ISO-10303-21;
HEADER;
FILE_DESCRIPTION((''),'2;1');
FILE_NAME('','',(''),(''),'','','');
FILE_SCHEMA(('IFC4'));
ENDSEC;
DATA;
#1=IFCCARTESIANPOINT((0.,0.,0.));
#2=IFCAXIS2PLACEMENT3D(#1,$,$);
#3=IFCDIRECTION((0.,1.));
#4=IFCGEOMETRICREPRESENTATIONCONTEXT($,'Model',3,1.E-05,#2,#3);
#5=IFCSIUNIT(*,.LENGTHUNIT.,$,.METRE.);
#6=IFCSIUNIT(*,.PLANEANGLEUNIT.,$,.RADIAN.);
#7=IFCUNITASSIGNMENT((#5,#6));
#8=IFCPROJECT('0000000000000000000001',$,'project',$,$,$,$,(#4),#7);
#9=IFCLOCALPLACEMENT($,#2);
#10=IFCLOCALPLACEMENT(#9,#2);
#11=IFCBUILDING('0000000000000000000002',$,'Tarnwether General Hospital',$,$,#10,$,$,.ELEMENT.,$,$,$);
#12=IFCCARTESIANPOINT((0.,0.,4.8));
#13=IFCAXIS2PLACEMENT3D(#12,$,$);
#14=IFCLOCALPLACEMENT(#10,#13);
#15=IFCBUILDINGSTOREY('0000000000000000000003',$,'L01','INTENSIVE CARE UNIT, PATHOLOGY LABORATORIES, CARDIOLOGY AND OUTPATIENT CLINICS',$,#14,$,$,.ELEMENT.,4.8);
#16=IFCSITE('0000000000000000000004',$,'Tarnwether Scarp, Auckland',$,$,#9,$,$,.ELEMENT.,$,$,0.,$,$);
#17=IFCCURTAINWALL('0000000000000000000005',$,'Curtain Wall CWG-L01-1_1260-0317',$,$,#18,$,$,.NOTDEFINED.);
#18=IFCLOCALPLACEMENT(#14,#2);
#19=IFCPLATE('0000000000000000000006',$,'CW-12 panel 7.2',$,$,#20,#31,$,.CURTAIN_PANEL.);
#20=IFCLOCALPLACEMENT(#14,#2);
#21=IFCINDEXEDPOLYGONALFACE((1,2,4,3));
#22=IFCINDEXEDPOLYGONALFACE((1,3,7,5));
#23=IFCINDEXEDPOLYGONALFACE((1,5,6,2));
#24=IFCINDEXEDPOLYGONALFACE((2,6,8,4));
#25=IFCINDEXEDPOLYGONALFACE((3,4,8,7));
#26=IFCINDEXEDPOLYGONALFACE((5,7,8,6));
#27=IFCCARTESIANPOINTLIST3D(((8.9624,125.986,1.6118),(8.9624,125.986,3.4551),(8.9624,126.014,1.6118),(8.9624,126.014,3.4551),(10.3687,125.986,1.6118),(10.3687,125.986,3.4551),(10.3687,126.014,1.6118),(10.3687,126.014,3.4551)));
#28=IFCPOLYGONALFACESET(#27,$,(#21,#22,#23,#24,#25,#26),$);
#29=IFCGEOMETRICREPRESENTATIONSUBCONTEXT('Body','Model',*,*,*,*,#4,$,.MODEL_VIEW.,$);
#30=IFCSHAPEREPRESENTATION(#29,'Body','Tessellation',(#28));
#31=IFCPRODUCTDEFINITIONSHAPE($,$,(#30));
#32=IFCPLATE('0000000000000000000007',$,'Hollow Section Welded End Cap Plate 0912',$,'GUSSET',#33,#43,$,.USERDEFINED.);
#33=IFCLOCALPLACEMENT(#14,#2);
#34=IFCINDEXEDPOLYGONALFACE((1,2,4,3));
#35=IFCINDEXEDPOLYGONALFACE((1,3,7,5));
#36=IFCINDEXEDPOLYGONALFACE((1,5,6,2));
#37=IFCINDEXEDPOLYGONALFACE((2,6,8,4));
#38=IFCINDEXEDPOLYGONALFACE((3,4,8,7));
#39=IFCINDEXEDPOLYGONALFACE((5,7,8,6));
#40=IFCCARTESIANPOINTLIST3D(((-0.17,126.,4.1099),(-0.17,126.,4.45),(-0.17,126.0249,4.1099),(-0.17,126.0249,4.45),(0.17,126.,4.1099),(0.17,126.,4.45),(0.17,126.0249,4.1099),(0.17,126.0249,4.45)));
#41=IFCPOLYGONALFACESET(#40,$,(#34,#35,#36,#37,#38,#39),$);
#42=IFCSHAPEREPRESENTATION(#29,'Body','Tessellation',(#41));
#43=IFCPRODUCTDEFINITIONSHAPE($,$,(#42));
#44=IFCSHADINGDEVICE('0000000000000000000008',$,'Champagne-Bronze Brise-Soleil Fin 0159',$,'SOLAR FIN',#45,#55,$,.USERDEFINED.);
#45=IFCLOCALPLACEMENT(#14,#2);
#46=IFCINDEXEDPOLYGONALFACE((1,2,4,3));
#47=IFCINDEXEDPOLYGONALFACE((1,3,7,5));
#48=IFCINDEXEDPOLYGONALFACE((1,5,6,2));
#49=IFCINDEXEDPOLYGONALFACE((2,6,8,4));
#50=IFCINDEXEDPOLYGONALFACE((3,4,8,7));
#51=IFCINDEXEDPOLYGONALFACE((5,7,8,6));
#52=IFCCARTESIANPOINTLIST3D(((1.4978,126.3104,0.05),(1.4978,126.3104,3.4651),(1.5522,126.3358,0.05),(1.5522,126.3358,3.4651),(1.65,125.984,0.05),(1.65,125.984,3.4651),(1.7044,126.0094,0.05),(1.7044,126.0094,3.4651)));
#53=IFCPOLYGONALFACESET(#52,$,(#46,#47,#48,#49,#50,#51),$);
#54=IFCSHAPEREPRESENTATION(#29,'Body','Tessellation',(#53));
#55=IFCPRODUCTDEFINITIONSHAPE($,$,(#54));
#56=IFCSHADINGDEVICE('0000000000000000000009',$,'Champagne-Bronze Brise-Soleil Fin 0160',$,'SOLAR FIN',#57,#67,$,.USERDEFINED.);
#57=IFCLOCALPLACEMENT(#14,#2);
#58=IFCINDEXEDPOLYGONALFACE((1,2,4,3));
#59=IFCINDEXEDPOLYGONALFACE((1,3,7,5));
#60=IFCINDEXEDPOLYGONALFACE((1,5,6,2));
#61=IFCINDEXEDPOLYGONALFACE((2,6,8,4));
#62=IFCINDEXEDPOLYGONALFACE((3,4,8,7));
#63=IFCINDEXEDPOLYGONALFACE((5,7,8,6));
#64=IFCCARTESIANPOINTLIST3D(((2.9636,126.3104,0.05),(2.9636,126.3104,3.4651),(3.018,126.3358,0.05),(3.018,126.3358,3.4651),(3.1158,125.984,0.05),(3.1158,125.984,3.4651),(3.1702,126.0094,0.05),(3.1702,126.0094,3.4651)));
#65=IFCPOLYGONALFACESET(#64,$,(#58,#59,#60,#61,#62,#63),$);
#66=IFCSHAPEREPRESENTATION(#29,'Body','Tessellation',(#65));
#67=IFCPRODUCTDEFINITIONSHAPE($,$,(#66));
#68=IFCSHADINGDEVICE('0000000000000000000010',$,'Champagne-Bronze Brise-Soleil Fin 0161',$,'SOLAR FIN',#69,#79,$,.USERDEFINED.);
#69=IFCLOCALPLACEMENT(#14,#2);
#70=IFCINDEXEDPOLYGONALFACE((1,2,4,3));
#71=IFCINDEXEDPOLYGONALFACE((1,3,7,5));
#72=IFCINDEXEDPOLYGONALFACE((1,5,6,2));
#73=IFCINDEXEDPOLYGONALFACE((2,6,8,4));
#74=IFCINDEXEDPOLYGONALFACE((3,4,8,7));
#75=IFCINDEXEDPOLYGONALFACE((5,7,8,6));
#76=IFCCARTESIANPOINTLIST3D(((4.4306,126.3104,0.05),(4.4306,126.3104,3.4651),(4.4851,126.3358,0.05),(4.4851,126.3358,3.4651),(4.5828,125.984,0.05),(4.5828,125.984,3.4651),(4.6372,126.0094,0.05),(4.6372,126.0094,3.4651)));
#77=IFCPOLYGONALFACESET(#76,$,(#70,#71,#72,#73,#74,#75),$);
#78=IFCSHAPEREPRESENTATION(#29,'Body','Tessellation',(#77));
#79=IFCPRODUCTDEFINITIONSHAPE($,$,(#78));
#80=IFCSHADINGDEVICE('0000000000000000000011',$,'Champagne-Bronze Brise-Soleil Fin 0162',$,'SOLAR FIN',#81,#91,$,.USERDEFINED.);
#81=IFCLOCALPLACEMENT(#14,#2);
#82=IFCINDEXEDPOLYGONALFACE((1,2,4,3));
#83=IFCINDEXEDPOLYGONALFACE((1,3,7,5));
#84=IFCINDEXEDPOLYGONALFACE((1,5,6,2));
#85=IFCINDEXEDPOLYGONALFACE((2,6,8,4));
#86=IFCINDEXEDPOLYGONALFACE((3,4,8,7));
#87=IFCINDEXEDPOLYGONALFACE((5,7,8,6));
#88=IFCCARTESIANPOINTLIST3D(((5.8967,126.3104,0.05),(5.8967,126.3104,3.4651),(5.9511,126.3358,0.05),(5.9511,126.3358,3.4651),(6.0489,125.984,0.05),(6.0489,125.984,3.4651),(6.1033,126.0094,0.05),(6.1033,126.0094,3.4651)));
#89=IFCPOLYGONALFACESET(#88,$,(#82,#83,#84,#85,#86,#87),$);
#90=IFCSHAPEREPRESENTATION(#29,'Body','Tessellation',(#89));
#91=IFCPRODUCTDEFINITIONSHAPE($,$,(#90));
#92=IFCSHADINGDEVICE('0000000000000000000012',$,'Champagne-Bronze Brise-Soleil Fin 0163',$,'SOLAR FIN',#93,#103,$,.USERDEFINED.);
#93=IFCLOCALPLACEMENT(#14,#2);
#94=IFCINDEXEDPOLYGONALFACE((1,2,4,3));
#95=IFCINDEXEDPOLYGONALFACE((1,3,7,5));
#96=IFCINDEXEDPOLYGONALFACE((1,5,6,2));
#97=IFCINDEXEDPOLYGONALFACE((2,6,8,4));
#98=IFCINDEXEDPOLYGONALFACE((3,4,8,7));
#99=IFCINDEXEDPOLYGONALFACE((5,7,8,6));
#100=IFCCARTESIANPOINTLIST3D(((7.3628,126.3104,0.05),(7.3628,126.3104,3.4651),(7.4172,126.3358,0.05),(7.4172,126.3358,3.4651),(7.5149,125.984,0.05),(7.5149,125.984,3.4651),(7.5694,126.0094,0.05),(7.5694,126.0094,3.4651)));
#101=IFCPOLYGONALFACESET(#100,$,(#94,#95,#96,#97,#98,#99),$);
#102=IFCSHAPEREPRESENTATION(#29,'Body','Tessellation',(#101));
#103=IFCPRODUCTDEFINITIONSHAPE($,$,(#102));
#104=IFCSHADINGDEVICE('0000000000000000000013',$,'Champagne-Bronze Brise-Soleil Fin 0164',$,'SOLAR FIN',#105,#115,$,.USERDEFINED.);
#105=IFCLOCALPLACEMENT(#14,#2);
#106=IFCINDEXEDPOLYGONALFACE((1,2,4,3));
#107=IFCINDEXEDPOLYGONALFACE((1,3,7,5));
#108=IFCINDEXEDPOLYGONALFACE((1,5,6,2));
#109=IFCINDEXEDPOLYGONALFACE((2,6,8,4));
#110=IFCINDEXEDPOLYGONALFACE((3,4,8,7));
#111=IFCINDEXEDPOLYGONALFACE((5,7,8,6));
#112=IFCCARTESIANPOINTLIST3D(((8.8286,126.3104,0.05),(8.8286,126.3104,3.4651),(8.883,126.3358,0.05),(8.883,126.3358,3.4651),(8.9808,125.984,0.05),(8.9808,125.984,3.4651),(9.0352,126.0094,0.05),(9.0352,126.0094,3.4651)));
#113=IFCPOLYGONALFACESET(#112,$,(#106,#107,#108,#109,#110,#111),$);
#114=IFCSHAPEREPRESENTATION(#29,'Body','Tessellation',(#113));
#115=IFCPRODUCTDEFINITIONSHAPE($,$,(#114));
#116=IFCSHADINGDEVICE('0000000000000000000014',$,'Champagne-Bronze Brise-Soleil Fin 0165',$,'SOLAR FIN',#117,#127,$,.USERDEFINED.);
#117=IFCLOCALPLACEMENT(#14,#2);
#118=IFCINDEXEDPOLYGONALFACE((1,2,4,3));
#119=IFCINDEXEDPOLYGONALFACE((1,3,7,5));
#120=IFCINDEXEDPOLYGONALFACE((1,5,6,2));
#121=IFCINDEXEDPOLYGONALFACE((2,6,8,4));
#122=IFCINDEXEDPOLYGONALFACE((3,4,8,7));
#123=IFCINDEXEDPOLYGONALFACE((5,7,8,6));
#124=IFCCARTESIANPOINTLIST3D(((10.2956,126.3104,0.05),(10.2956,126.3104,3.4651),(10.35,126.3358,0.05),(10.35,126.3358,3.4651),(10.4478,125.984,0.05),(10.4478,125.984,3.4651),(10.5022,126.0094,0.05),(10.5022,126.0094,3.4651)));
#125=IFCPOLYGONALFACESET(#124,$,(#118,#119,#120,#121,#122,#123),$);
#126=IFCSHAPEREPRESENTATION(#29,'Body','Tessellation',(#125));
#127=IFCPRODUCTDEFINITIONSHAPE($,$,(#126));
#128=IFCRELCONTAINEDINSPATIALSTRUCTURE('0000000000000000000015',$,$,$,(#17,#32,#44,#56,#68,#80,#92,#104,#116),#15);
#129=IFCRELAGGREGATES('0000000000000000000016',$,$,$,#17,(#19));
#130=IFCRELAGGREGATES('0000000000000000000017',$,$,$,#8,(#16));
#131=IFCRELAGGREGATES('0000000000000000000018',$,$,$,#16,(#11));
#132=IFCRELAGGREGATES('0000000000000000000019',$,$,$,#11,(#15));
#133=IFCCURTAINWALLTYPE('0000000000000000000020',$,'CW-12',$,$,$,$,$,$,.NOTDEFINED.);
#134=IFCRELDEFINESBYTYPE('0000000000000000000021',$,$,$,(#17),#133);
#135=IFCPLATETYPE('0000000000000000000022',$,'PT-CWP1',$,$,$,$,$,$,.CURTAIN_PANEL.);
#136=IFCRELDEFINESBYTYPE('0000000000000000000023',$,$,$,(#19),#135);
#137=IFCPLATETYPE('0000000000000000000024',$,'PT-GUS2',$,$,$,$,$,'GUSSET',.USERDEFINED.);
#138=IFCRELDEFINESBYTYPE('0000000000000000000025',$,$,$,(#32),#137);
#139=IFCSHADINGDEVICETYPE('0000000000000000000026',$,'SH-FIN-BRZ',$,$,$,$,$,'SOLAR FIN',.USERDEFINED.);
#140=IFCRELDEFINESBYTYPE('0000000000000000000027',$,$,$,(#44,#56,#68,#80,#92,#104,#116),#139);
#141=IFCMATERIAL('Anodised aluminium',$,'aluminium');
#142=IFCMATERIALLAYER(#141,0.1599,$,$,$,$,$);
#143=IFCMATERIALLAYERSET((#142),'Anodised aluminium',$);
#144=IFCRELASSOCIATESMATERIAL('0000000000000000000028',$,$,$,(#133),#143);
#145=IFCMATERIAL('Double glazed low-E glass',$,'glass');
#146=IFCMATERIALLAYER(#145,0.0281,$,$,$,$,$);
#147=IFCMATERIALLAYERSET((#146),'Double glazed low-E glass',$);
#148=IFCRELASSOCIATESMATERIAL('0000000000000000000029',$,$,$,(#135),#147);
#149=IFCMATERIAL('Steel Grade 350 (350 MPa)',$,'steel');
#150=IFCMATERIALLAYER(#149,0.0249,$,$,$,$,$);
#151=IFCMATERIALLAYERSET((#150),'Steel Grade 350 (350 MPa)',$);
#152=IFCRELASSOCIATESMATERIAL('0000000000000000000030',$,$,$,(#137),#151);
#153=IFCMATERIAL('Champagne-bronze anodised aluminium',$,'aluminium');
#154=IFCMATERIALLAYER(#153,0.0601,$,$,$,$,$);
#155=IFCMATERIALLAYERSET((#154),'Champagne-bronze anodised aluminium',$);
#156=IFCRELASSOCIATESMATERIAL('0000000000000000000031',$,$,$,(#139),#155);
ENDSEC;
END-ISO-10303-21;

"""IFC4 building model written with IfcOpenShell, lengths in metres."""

from ifc_helpers import new_model, si_unit, direction, frame, origin, origin_2d, place, context, subcontext, project, spatial, rectangle, extrude, material, layer, layer_set, type_object, element, aggregate, save


model = new_model("IFC4")

# Units and contexts
model_context = context("Model", 3, precision=1e-05, world=origin(), true_north=direction((0.0, 1.0)))
body_context = subcontext(model_context, "Body", "Model", "MODEL_VIEW")
ifc_project = project(units=[si_unit("LENGTHUNIT", "METRE"), si_unit("PLANEANGLEUNIT", "RADIAN")], contexts=[model_context])

# Site, building, storey
site_placement = place(None, origin())
site = spatial("IfcSite", under=ifc_project, at=site_placement, Name="Tarnwether Scarp, Auckland", CompositionType="ELEMENT", RefElevation=0.0)
building_placement = place(site_placement, origin())
building = spatial("IfcBuilding", under=site, at=building_placement, Name="Tarnwether General Hospital", CompositionType="ELEMENT")
storey_placement = place(building_placement, frame((0.0, 0.0, 4.8)))
storey = spatial("IfcBuildingStorey", under=building, at=storey_placement, Name="L01", Description="INTENSIVE CARE UNIT, PATHOLOGY LABORATORIES, CARDIOLOGY AND OUTPATIENT CLINICS", CompositionType="ELEMENT", Elevation=4.8)

# Curtain wall, plate
ifc_material_1 = material(Name="Anodised aluminium", Category="aluminium")
ifc_layer_1 = layer(ifc_material_1, 0.1599)
ifc_layer_set_1 = layer_set([ifc_layer_1], Name="Anodised aluminium")
curtain_wall_type = type_object("IfcCurtainWallType", Name="CW-12", PredefinedType="NOTDEFINED", material=ifc_layer_set_1)
curtain_wall_placement = place(storey_placement, origin())
curtain_wall = element("IfcCurtainWall", 1, at=curtain_wall_placement, inside=storey, type_object=curtain_wall_type, Name="Curtain Wall CWG-L01-1_1260-0317", PredefinedType="NOTDEFINED")
ifc_material_2 = material(Name="Double glazed low-E glass", Category="glass")
ifc_layer_2 = layer(ifc_material_2, 0.0281)
ifc_layer_set_2 = layer_set([ifc_layer_2], Name="Double glazed low-E glass")
plate_type_1 = type_object("IfcPlateType", Name="PT-CWP1", PredefinedType="CURTAIN_PANEL", material=ifc_layer_set_2)
plate_1_placement = place(storey_placement, frame((9.6655, 126.0, 1.6118), z_axis=(0.0, 0.0, 1.0), x_axis=(1.0, 0.0, 0.0)))
plate_1 = element("IfcPlate", 2, at=plate_1_placement, type_object=plate_type_1, Name="CW-12 panel 7.2", PredefinedType="CURTAIN_PANEL", context=body_context, shape_type="SweptSolid", body=[
    extrude(rectangle(XDim=1.4062, YDim=0.0281, at=origin_2d()), origin(), (0.0, 0.0, 1.0), 1.8433),
])
aggregate(curtain_wall, [plate_1])

# Plate
ifc_material_3 = material(Name="Steel Grade 350 (350 MPa)", Category="steel")
ifc_layer_3 = layer(ifc_material_3, 0.0249)
ifc_layer_set_3 = layer_set([ifc_layer_3], Name="Steel Grade 350 (350 MPa)")
plate_type_2 = type_object("IfcPlateType", Name="PT-GUS2", ElementType="GUSSET", PredefinedType="USERDEFINED", material=ifc_layer_set_3)
plate_2_placement = place(storey_placement, frame((0.0, 126.0125, 4.1099), z_axis=(0.0, 0.0, 1.0), x_axis=(0.0, 1.0, 0.0)))
element("IfcPlate", 3, at=plate_2_placement, inside=storey, type_object=plate_type_2, Name="Hollow Section Welded End Cap Plate 0912", ObjectType="GUSSET", PredefinedType="USERDEFINED", context=body_context, shape_type="SweptSolid", body=[
    extrude(rectangle(XDim=0.0249, YDim=0.3401, at=origin_2d()), origin(), (0.0, 0.0, 1.0), 0.3401),
])

# Shading devices
ifc_material_4 = material(Name="Champagne-bronze anodised aluminium", Category="aluminium")
ifc_layer_4 = layer(ifc_material_4, 0.0601)
ifc_layer_set_4 = layer_set([ifc_layer_4], Name="Champagne-bronze anodised aluminium")
shading_device_type = type_object("IfcShadingDeviceType", Name="SH-FIN-BRZ", ElementType="SOLAR FIN", PredefinedType="USERDEFINED", material=ifc_layer_set_4)
for number, where, z_axis, x_axis, name in (
    (4, (1.6011, 126.1599, 0.05), (0.0, 0.0, 1.0), (0.906308, 0.422618, 0.0), "Champagne-Bronze Brise-Soleil Fin 0159"),
    (5, (3.0669, 126.1599, 0.05), (0.0, 0.0, 1.0), (0.906308, 0.422618, 0.0), "Champagne-Bronze Brise-Soleil Fin 0160"),
    (6, (4.5339, 126.1599, 0.05), (0.0, 0.0, 1.0), (0.906308, 0.422618, 0.0), "Champagne-Bronze Brise-Soleil Fin 0161"),
    (7, (6.0, 126.1599, 0.05), (0.0, 0.0, 1.0), (0.906308, 0.422618, 0.0), "Champagne-Bronze Brise-Soleil Fin 0162"),
    (8, (7.4661, 126.1599, 0.05), (0.0, 0.0, 1.0), (0.906308, 0.422618, 0.0), "Champagne-Bronze Brise-Soleil Fin 0163"),
    (9, (8.9319, 126.1599, 0.05), (0.0, 0.0, 1.0), (0.906308, 0.422618, 0.0), "Champagne-Bronze Brise-Soleil Fin 0164"),
    (10, (10.3989, 126.1599, 0.05), (0.0, 0.0, 1.0), (0.906308, 0.422618, 0.0), "Champagne-Bronze Brise-Soleil Fin 0165"),
):
    element("IfcShadingDevice", number, at=place(storey_placement, frame(where, z_axis=z_axis, x_axis=x_axis)), inside=storey, type_object=shading_device_type, Name=name, ObjectType="SOLAR FIN", PredefinedType="USERDEFINED", context=body_context, shape_type="SweptSolid", body=[
        extrude(rectangle(XDim=0.0601, YDim=0.3601, at=origin_2d()), origin(), (0.0, 0.0, 1.0), 3.415),
    ])

save(model, "model.ifc")
